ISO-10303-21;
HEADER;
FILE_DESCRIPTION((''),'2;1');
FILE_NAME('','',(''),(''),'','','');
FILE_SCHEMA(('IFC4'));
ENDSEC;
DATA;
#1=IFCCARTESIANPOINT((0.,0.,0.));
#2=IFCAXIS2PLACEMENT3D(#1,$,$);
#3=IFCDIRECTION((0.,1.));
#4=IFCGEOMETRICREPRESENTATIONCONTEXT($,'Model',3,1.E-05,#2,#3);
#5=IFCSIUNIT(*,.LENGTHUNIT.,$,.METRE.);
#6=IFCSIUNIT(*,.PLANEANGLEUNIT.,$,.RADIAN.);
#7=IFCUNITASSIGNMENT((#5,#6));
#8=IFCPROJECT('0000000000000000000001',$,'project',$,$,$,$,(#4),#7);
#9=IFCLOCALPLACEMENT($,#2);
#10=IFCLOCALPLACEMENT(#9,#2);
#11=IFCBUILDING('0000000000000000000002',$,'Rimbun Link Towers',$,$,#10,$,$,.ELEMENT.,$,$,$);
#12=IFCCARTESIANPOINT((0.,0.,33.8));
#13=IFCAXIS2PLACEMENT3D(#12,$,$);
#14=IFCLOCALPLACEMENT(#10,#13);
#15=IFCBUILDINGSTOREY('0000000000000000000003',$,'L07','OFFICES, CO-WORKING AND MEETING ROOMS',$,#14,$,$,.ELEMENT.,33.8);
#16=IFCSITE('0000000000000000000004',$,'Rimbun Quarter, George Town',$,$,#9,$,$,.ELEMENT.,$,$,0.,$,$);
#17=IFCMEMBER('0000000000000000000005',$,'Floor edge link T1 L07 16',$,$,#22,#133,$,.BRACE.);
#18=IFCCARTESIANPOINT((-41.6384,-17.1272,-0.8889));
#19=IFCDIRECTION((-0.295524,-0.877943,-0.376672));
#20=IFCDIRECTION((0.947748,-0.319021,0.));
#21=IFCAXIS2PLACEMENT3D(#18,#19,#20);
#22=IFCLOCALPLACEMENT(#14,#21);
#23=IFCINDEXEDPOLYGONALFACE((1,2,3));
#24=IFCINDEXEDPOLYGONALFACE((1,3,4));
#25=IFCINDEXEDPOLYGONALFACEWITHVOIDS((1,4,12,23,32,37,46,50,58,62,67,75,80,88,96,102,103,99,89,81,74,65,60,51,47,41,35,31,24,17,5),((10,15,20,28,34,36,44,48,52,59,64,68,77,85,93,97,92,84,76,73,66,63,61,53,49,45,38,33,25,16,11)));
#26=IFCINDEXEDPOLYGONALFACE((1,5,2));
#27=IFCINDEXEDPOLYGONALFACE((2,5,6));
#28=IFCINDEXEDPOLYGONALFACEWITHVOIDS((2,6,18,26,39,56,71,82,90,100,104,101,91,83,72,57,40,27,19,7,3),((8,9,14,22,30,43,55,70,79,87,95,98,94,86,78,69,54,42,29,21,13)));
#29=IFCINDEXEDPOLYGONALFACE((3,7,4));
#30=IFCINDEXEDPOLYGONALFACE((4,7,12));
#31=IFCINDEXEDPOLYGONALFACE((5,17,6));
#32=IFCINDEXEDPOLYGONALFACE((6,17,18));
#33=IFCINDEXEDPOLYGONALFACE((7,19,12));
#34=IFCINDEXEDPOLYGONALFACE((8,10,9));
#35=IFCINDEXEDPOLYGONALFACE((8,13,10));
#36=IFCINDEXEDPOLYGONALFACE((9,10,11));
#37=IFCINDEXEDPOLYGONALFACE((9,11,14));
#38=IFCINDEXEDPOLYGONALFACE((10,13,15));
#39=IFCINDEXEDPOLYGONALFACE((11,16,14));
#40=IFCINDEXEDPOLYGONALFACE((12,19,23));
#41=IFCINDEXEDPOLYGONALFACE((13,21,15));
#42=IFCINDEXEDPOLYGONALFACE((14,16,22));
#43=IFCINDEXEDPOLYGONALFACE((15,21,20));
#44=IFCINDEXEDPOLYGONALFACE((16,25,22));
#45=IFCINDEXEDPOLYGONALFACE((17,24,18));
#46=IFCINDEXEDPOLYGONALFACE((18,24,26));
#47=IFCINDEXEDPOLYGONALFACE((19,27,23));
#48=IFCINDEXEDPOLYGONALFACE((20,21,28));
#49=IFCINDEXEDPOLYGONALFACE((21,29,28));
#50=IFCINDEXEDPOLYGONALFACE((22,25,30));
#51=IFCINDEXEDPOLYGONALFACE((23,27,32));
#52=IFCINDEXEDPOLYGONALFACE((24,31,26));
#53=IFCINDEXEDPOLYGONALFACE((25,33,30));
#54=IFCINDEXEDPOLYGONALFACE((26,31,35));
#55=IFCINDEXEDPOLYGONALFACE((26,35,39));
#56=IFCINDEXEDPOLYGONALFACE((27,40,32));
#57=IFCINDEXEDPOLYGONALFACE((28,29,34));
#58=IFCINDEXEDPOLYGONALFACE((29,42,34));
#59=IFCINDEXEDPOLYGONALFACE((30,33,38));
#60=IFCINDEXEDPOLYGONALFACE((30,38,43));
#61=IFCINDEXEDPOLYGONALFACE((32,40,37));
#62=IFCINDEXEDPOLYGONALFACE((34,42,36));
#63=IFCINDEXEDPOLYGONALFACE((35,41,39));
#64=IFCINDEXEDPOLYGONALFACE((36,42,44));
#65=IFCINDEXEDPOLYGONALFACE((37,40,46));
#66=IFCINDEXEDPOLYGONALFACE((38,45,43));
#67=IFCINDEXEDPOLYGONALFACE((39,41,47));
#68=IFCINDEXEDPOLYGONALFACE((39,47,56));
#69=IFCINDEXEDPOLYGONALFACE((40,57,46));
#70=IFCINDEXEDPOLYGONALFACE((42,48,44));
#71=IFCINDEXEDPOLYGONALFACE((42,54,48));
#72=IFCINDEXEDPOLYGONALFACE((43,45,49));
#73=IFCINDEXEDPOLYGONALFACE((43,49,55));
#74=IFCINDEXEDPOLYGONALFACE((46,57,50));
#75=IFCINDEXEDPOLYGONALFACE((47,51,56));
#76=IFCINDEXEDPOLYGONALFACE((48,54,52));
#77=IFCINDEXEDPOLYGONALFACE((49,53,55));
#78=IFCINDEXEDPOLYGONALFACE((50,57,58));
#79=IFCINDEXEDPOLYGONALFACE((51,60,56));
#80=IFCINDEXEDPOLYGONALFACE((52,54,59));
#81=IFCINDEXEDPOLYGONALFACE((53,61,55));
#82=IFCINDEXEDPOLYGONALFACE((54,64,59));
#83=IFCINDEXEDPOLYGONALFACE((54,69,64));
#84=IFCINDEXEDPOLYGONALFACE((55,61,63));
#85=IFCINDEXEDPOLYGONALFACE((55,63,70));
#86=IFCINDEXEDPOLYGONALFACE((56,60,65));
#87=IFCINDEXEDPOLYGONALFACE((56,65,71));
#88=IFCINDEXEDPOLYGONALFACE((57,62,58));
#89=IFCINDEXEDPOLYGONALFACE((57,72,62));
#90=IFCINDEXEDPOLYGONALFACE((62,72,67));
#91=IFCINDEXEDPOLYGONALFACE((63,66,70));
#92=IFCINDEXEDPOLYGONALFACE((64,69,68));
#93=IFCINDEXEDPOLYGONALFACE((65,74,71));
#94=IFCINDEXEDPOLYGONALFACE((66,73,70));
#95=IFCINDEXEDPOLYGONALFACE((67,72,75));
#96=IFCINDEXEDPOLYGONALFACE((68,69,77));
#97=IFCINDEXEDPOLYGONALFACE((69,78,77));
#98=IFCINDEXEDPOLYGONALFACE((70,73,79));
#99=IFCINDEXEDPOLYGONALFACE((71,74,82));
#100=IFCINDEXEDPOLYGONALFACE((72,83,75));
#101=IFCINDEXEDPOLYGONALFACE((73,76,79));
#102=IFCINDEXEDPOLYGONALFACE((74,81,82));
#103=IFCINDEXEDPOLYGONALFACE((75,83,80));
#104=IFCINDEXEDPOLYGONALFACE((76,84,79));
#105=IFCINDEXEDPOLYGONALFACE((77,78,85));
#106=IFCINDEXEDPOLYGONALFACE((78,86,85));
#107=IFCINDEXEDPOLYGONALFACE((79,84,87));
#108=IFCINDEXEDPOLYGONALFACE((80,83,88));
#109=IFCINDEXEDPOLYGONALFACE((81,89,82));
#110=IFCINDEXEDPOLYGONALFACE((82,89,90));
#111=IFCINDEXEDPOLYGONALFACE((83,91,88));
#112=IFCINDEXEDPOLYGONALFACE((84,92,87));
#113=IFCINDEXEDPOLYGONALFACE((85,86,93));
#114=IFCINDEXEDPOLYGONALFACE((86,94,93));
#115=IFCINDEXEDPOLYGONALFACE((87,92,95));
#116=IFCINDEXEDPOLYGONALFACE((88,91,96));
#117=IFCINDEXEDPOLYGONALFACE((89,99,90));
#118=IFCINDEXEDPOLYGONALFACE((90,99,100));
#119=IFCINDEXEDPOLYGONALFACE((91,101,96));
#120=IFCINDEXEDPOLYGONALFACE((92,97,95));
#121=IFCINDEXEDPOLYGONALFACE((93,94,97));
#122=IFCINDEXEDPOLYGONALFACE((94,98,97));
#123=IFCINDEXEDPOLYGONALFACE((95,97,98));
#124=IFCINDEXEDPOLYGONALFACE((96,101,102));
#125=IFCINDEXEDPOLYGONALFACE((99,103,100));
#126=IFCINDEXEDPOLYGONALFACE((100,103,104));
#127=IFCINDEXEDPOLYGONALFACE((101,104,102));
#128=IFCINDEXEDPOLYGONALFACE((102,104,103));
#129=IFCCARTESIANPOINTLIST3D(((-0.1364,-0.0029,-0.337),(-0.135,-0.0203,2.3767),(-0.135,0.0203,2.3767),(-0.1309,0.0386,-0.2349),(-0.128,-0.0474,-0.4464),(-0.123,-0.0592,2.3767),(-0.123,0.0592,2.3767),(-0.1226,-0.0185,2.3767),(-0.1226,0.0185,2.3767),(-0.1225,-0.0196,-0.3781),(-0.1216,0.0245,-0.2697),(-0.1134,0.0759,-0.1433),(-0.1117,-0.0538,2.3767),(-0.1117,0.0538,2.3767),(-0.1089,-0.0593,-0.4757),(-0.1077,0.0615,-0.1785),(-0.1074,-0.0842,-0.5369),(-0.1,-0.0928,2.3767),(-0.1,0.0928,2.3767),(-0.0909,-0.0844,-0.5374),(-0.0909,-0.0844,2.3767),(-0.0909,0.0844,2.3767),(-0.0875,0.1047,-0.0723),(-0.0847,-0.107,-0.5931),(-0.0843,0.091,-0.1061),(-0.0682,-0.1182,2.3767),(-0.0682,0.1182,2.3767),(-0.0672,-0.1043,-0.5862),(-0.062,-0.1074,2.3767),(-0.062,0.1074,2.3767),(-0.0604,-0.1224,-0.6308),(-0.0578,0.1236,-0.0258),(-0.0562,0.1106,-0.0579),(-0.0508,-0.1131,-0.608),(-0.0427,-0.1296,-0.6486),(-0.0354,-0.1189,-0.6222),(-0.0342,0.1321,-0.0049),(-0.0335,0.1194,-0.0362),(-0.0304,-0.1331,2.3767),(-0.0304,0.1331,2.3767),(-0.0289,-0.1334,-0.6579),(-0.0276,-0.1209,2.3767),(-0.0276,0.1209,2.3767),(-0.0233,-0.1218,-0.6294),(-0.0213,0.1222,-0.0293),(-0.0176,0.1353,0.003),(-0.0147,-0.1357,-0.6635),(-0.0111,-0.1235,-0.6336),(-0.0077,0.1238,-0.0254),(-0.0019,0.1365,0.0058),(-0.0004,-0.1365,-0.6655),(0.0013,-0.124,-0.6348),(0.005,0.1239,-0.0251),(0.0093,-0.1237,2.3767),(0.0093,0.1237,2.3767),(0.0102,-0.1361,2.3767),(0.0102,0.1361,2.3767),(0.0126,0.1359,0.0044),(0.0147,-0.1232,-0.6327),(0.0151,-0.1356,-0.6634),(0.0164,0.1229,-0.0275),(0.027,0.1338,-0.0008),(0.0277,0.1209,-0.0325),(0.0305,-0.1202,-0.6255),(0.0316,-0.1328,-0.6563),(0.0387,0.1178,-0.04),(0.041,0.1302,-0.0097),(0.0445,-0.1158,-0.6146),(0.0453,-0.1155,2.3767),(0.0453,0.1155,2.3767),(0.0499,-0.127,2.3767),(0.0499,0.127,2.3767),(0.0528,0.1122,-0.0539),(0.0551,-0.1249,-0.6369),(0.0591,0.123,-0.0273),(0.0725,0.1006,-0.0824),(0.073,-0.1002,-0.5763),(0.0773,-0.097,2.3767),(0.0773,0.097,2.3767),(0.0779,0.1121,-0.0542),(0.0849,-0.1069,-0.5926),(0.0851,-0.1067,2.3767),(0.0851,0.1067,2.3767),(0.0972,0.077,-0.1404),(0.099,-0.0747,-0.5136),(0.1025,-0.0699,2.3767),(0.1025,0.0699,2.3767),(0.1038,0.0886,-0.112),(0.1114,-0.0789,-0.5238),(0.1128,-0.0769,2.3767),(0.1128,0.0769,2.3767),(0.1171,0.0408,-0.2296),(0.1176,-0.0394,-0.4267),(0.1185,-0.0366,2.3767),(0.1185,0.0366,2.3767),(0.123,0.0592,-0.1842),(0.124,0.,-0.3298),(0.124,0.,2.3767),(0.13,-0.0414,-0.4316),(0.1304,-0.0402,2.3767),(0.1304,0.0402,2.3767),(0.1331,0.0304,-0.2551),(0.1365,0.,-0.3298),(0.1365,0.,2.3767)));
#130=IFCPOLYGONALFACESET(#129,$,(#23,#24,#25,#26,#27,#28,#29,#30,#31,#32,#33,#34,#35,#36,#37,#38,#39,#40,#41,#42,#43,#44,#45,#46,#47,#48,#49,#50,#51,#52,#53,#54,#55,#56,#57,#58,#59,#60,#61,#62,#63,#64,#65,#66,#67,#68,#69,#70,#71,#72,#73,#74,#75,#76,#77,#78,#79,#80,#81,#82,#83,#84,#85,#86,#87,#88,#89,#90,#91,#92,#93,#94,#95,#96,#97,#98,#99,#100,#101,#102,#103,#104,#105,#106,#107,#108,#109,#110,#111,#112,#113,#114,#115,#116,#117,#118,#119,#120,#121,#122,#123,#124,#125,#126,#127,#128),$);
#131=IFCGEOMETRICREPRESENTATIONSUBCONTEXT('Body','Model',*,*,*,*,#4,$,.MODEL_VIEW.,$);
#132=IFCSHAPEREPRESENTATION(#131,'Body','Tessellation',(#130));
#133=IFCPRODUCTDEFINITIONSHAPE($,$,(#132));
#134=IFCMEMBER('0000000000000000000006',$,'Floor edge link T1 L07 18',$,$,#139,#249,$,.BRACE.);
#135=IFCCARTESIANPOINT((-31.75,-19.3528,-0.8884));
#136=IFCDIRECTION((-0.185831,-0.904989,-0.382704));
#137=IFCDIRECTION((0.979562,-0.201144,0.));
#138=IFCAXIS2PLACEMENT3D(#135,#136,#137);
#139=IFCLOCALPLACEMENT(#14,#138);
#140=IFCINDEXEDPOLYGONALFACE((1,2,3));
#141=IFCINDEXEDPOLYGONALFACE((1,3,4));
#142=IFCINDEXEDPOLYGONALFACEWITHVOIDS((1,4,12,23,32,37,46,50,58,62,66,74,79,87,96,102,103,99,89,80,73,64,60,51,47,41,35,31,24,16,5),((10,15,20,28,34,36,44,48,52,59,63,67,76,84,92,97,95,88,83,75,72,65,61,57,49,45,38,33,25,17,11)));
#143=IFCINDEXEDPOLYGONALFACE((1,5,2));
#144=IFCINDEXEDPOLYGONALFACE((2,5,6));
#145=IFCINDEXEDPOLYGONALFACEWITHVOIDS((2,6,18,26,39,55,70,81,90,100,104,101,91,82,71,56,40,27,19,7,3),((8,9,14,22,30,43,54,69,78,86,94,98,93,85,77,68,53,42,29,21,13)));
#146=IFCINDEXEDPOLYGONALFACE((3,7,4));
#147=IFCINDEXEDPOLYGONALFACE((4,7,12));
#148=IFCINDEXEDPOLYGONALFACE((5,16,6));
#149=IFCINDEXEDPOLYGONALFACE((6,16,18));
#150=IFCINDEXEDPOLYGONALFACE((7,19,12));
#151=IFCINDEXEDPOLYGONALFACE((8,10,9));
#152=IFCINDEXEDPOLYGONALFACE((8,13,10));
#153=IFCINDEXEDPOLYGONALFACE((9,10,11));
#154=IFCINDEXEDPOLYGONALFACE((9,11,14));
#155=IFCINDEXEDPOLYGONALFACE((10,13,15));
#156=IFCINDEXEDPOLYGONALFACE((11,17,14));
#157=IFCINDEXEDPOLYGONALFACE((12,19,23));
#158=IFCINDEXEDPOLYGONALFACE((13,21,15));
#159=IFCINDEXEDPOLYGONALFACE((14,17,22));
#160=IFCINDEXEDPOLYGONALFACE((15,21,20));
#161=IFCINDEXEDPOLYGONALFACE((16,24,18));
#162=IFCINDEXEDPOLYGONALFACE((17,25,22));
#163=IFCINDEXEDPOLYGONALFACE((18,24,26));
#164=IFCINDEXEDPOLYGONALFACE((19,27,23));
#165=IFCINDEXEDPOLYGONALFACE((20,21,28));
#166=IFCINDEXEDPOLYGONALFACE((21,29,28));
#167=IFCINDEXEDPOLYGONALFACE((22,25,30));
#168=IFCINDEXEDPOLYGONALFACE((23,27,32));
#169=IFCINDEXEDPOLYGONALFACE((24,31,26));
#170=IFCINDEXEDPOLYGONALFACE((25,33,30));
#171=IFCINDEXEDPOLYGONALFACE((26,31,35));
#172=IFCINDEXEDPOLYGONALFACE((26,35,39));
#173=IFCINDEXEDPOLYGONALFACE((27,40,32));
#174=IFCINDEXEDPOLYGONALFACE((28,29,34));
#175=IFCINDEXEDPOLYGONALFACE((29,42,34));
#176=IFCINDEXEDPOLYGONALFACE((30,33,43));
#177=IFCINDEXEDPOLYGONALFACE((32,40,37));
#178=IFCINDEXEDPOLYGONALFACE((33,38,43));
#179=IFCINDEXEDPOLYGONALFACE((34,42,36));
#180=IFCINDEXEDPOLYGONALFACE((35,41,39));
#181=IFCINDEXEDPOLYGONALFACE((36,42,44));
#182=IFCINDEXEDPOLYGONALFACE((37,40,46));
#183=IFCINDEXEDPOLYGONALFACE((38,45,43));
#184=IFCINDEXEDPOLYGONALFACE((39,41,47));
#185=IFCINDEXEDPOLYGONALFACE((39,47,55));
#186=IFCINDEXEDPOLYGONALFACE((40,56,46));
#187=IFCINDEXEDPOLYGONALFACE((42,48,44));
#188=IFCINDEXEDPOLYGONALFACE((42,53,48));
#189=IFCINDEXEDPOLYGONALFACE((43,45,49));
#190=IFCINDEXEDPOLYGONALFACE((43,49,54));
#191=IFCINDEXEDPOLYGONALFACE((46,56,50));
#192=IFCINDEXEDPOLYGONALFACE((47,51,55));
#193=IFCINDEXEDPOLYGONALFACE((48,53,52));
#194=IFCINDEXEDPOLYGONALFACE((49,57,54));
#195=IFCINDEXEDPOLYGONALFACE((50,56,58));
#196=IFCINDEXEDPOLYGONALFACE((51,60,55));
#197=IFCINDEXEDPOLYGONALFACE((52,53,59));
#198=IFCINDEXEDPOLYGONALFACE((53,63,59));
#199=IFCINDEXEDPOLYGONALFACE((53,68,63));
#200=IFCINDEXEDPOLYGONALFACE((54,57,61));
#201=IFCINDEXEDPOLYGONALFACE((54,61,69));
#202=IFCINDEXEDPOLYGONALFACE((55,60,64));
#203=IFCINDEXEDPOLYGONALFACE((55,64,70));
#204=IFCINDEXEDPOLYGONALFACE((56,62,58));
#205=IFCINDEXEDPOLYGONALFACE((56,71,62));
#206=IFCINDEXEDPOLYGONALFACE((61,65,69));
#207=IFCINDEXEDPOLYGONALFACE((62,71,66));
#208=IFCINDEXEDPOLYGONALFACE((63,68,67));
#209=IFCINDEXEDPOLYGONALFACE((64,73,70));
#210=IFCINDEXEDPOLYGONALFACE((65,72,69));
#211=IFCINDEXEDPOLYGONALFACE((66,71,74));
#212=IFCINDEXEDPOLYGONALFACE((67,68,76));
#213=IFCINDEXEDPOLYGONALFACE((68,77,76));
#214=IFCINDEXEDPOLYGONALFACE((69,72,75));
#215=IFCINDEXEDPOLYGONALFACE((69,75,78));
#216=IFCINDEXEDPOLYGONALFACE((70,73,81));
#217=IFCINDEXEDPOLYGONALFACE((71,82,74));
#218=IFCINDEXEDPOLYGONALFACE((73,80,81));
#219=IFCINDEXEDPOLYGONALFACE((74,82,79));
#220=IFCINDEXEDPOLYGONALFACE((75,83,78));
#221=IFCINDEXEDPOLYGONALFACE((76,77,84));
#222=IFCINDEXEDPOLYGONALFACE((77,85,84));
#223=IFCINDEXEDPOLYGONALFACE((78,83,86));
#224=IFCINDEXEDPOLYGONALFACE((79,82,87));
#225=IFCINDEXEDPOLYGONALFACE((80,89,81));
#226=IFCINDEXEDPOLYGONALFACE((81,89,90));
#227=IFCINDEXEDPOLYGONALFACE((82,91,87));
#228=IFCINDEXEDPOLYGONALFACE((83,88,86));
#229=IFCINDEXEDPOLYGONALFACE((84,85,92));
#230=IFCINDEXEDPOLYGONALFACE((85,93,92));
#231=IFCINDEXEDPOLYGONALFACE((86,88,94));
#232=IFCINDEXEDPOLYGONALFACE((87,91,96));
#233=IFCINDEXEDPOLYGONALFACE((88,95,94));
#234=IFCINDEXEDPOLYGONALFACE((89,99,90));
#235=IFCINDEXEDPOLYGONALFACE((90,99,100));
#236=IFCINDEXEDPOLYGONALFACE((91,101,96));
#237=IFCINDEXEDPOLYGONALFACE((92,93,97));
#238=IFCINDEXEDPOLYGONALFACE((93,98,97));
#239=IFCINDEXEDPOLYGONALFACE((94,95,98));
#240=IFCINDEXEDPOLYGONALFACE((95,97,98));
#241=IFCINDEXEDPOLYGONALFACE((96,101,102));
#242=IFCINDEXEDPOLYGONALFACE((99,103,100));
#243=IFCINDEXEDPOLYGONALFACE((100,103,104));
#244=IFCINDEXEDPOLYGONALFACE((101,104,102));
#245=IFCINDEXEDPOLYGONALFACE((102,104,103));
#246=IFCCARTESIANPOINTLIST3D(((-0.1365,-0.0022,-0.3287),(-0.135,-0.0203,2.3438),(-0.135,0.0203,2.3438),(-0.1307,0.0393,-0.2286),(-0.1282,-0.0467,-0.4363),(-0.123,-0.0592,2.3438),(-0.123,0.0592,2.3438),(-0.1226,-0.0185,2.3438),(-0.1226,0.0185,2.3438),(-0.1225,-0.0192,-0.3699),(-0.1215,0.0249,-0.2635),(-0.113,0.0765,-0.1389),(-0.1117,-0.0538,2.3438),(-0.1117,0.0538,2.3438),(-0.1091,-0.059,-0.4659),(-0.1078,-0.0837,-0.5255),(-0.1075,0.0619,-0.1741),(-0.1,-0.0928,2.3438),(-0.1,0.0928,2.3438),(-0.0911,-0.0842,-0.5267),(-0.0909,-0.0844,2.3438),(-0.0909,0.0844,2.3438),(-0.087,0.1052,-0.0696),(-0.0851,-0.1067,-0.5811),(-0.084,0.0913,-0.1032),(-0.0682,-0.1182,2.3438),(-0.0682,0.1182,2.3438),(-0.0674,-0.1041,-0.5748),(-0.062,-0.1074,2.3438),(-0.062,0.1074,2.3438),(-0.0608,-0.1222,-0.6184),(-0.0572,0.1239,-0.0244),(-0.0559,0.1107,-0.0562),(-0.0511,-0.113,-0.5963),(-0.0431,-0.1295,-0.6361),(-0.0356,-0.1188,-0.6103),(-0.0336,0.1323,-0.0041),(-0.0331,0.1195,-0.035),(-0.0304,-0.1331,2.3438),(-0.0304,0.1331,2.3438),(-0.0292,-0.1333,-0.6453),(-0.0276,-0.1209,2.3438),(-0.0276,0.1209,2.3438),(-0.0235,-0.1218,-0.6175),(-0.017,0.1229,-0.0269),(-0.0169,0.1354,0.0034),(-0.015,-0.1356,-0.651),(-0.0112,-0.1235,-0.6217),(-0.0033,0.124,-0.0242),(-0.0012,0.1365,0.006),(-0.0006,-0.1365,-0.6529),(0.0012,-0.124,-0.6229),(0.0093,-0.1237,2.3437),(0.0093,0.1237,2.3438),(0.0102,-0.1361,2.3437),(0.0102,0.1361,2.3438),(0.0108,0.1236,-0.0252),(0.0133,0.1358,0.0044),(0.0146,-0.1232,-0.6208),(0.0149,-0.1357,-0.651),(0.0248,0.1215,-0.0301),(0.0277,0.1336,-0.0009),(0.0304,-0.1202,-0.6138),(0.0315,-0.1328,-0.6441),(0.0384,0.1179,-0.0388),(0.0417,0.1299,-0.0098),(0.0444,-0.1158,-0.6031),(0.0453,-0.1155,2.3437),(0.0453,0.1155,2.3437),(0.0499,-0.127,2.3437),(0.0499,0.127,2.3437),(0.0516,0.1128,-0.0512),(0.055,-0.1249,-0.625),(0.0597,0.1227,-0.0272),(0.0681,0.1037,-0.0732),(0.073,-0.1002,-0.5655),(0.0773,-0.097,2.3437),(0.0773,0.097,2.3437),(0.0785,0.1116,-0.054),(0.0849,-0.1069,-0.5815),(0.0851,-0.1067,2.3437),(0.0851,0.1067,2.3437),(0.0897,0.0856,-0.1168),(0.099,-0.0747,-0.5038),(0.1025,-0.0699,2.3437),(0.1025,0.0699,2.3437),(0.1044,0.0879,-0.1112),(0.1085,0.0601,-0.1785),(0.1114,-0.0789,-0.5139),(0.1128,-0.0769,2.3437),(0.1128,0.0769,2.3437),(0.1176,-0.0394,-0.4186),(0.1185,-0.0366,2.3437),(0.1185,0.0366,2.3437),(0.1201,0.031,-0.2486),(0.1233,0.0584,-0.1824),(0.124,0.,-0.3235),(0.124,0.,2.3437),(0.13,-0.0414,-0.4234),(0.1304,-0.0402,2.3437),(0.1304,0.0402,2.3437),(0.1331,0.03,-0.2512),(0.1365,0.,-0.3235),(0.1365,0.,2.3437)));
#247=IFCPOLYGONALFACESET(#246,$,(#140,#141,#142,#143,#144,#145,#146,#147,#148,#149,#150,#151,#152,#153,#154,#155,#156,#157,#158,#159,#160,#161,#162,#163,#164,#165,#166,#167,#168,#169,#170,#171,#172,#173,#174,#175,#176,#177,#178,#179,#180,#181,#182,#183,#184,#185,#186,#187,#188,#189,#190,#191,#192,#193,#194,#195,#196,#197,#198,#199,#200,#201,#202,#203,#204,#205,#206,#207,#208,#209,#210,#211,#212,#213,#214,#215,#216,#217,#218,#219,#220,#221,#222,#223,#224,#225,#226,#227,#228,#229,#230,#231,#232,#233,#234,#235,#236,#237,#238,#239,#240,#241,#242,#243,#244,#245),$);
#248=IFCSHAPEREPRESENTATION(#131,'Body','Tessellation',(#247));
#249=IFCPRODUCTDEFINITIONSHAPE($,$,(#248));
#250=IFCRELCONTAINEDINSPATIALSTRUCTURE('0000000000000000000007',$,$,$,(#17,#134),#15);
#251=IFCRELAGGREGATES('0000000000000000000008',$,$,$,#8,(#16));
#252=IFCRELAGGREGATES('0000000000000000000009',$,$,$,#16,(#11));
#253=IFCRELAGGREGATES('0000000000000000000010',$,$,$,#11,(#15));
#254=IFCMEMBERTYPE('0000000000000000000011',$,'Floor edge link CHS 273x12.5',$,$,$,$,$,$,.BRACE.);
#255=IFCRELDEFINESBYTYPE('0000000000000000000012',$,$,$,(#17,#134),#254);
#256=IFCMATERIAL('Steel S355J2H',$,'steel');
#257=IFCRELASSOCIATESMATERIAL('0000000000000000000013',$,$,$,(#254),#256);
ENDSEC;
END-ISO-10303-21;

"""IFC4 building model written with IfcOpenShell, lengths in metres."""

from ifc_helpers import new_model, si_unit, direction, frame, origin, origin_2d, place, context, subcontext, project, spatial, hollow_circle, extrude, clip, halfspace, material, material_profile, profile_set, type_object, element, save


model = new_model("IFC4")

# Units and contexts
model_context = context("Model", 3, precision=1e-05, world=origin(), true_north=direction((0.0, 1.0)))
body_context = subcontext(model_context, "Body", "Model", "MODEL_VIEW")
ifc_project = project(units=[si_unit("LENGTHUNIT", "METRE"), si_unit("PLANEANGLEUNIT", "RADIAN")], contexts=[model_context])

# Site, building, storey
site_placement = place(None, origin())
site = spatial("IfcSite", under=ifc_project, at=site_placement, Name="Rimbun Quarter, George Town", CompositionType="ELEMENT", RefElevation=0.0)
building_placement = place(site_placement, origin())
building = spatial("IfcBuilding", under=site, at=building_placement, Name="Rimbun Link Towers", CompositionType="ELEMENT")
storey_placement = place(building_placement, frame((0.0, 0.0, 33.8)))
storey = spatial("IfcBuildingStorey", under=building, at=storey_placement, Name="L07", Description="OFFICES, CO-WORKING AND MEETING ROOMS", CompositionType="ELEMENT", Elevation=33.8)

# Members
ifc_material_1 = material(Name="Steel S355J2H", Category="steel")
ifc_material_profile_1 = material_profile(ifc_material_1, hollow_circle(Radius=0.1365, WallThickness=0.0125, at=origin_2d()), Name="CHS 273x12.5")
ifc_profile_set_1 = profile_set([ifc_material_profile_1], Name="Steel S355J2H")
member_type_1 = type_object("IfcMemberType", Name="Floor edge link CHS 273x12.5", PredefinedType="BRACE", material=ifc_profile_set_1)
member_1_placement = place(storey_placement, frame((-41.6384, -17.1272, -0.8889), z_axis=(-0.295524, -0.877943, -0.376672), x_axis=(0.947748, -0.319021, 0.0)))
element("IfcMember", 1, at=member_1_placement, inside=storey, type_object=member_type_1, Name="Floor edge link T1 L07 16", PredefinedType="BRACE", context=body_context, shape_type="Clipping", body=[
    clip(extrude(hollow_circle(Radius=0.1365, WallThickness=0.0125, at=origin_2d()), frame((0.0, 0.0, -0.6978)), (0.0, 0.0, 1.0), 3.0745), halfspace(frame((0.0, 0.0, -0.3298), z_axis=(0.0, 0.926347, -0.376672)), False)),
])
member_2_placement = place(storey_placement, frame((-31.75, -19.3528, -0.8884), z_axis=(-0.185831, -0.904989, -0.382704), x_axis=(0.979562, -0.201144, 0.0)))
element("IfcMember", 2, at=member_2_placement, inside=storey, type_object=member_type_1, Name="Floor edge link T1 L07 18", PredefinedType="BRACE", context=body_context, shape_type="Clipping", body=[
    clip(extrude(hollow_circle(Radius=0.1365, WallThickness=0.0125, at=origin_2d()), frame((0.0, 0.0, -0.6853)), (0.0, 0.0, 1.0), 3.0291), halfspace(frame((0.0, 0.0, -0.3235), z_axis=(0.0, 0.923871, -0.382704)), False)),
])

save(model, "model.ifc")
